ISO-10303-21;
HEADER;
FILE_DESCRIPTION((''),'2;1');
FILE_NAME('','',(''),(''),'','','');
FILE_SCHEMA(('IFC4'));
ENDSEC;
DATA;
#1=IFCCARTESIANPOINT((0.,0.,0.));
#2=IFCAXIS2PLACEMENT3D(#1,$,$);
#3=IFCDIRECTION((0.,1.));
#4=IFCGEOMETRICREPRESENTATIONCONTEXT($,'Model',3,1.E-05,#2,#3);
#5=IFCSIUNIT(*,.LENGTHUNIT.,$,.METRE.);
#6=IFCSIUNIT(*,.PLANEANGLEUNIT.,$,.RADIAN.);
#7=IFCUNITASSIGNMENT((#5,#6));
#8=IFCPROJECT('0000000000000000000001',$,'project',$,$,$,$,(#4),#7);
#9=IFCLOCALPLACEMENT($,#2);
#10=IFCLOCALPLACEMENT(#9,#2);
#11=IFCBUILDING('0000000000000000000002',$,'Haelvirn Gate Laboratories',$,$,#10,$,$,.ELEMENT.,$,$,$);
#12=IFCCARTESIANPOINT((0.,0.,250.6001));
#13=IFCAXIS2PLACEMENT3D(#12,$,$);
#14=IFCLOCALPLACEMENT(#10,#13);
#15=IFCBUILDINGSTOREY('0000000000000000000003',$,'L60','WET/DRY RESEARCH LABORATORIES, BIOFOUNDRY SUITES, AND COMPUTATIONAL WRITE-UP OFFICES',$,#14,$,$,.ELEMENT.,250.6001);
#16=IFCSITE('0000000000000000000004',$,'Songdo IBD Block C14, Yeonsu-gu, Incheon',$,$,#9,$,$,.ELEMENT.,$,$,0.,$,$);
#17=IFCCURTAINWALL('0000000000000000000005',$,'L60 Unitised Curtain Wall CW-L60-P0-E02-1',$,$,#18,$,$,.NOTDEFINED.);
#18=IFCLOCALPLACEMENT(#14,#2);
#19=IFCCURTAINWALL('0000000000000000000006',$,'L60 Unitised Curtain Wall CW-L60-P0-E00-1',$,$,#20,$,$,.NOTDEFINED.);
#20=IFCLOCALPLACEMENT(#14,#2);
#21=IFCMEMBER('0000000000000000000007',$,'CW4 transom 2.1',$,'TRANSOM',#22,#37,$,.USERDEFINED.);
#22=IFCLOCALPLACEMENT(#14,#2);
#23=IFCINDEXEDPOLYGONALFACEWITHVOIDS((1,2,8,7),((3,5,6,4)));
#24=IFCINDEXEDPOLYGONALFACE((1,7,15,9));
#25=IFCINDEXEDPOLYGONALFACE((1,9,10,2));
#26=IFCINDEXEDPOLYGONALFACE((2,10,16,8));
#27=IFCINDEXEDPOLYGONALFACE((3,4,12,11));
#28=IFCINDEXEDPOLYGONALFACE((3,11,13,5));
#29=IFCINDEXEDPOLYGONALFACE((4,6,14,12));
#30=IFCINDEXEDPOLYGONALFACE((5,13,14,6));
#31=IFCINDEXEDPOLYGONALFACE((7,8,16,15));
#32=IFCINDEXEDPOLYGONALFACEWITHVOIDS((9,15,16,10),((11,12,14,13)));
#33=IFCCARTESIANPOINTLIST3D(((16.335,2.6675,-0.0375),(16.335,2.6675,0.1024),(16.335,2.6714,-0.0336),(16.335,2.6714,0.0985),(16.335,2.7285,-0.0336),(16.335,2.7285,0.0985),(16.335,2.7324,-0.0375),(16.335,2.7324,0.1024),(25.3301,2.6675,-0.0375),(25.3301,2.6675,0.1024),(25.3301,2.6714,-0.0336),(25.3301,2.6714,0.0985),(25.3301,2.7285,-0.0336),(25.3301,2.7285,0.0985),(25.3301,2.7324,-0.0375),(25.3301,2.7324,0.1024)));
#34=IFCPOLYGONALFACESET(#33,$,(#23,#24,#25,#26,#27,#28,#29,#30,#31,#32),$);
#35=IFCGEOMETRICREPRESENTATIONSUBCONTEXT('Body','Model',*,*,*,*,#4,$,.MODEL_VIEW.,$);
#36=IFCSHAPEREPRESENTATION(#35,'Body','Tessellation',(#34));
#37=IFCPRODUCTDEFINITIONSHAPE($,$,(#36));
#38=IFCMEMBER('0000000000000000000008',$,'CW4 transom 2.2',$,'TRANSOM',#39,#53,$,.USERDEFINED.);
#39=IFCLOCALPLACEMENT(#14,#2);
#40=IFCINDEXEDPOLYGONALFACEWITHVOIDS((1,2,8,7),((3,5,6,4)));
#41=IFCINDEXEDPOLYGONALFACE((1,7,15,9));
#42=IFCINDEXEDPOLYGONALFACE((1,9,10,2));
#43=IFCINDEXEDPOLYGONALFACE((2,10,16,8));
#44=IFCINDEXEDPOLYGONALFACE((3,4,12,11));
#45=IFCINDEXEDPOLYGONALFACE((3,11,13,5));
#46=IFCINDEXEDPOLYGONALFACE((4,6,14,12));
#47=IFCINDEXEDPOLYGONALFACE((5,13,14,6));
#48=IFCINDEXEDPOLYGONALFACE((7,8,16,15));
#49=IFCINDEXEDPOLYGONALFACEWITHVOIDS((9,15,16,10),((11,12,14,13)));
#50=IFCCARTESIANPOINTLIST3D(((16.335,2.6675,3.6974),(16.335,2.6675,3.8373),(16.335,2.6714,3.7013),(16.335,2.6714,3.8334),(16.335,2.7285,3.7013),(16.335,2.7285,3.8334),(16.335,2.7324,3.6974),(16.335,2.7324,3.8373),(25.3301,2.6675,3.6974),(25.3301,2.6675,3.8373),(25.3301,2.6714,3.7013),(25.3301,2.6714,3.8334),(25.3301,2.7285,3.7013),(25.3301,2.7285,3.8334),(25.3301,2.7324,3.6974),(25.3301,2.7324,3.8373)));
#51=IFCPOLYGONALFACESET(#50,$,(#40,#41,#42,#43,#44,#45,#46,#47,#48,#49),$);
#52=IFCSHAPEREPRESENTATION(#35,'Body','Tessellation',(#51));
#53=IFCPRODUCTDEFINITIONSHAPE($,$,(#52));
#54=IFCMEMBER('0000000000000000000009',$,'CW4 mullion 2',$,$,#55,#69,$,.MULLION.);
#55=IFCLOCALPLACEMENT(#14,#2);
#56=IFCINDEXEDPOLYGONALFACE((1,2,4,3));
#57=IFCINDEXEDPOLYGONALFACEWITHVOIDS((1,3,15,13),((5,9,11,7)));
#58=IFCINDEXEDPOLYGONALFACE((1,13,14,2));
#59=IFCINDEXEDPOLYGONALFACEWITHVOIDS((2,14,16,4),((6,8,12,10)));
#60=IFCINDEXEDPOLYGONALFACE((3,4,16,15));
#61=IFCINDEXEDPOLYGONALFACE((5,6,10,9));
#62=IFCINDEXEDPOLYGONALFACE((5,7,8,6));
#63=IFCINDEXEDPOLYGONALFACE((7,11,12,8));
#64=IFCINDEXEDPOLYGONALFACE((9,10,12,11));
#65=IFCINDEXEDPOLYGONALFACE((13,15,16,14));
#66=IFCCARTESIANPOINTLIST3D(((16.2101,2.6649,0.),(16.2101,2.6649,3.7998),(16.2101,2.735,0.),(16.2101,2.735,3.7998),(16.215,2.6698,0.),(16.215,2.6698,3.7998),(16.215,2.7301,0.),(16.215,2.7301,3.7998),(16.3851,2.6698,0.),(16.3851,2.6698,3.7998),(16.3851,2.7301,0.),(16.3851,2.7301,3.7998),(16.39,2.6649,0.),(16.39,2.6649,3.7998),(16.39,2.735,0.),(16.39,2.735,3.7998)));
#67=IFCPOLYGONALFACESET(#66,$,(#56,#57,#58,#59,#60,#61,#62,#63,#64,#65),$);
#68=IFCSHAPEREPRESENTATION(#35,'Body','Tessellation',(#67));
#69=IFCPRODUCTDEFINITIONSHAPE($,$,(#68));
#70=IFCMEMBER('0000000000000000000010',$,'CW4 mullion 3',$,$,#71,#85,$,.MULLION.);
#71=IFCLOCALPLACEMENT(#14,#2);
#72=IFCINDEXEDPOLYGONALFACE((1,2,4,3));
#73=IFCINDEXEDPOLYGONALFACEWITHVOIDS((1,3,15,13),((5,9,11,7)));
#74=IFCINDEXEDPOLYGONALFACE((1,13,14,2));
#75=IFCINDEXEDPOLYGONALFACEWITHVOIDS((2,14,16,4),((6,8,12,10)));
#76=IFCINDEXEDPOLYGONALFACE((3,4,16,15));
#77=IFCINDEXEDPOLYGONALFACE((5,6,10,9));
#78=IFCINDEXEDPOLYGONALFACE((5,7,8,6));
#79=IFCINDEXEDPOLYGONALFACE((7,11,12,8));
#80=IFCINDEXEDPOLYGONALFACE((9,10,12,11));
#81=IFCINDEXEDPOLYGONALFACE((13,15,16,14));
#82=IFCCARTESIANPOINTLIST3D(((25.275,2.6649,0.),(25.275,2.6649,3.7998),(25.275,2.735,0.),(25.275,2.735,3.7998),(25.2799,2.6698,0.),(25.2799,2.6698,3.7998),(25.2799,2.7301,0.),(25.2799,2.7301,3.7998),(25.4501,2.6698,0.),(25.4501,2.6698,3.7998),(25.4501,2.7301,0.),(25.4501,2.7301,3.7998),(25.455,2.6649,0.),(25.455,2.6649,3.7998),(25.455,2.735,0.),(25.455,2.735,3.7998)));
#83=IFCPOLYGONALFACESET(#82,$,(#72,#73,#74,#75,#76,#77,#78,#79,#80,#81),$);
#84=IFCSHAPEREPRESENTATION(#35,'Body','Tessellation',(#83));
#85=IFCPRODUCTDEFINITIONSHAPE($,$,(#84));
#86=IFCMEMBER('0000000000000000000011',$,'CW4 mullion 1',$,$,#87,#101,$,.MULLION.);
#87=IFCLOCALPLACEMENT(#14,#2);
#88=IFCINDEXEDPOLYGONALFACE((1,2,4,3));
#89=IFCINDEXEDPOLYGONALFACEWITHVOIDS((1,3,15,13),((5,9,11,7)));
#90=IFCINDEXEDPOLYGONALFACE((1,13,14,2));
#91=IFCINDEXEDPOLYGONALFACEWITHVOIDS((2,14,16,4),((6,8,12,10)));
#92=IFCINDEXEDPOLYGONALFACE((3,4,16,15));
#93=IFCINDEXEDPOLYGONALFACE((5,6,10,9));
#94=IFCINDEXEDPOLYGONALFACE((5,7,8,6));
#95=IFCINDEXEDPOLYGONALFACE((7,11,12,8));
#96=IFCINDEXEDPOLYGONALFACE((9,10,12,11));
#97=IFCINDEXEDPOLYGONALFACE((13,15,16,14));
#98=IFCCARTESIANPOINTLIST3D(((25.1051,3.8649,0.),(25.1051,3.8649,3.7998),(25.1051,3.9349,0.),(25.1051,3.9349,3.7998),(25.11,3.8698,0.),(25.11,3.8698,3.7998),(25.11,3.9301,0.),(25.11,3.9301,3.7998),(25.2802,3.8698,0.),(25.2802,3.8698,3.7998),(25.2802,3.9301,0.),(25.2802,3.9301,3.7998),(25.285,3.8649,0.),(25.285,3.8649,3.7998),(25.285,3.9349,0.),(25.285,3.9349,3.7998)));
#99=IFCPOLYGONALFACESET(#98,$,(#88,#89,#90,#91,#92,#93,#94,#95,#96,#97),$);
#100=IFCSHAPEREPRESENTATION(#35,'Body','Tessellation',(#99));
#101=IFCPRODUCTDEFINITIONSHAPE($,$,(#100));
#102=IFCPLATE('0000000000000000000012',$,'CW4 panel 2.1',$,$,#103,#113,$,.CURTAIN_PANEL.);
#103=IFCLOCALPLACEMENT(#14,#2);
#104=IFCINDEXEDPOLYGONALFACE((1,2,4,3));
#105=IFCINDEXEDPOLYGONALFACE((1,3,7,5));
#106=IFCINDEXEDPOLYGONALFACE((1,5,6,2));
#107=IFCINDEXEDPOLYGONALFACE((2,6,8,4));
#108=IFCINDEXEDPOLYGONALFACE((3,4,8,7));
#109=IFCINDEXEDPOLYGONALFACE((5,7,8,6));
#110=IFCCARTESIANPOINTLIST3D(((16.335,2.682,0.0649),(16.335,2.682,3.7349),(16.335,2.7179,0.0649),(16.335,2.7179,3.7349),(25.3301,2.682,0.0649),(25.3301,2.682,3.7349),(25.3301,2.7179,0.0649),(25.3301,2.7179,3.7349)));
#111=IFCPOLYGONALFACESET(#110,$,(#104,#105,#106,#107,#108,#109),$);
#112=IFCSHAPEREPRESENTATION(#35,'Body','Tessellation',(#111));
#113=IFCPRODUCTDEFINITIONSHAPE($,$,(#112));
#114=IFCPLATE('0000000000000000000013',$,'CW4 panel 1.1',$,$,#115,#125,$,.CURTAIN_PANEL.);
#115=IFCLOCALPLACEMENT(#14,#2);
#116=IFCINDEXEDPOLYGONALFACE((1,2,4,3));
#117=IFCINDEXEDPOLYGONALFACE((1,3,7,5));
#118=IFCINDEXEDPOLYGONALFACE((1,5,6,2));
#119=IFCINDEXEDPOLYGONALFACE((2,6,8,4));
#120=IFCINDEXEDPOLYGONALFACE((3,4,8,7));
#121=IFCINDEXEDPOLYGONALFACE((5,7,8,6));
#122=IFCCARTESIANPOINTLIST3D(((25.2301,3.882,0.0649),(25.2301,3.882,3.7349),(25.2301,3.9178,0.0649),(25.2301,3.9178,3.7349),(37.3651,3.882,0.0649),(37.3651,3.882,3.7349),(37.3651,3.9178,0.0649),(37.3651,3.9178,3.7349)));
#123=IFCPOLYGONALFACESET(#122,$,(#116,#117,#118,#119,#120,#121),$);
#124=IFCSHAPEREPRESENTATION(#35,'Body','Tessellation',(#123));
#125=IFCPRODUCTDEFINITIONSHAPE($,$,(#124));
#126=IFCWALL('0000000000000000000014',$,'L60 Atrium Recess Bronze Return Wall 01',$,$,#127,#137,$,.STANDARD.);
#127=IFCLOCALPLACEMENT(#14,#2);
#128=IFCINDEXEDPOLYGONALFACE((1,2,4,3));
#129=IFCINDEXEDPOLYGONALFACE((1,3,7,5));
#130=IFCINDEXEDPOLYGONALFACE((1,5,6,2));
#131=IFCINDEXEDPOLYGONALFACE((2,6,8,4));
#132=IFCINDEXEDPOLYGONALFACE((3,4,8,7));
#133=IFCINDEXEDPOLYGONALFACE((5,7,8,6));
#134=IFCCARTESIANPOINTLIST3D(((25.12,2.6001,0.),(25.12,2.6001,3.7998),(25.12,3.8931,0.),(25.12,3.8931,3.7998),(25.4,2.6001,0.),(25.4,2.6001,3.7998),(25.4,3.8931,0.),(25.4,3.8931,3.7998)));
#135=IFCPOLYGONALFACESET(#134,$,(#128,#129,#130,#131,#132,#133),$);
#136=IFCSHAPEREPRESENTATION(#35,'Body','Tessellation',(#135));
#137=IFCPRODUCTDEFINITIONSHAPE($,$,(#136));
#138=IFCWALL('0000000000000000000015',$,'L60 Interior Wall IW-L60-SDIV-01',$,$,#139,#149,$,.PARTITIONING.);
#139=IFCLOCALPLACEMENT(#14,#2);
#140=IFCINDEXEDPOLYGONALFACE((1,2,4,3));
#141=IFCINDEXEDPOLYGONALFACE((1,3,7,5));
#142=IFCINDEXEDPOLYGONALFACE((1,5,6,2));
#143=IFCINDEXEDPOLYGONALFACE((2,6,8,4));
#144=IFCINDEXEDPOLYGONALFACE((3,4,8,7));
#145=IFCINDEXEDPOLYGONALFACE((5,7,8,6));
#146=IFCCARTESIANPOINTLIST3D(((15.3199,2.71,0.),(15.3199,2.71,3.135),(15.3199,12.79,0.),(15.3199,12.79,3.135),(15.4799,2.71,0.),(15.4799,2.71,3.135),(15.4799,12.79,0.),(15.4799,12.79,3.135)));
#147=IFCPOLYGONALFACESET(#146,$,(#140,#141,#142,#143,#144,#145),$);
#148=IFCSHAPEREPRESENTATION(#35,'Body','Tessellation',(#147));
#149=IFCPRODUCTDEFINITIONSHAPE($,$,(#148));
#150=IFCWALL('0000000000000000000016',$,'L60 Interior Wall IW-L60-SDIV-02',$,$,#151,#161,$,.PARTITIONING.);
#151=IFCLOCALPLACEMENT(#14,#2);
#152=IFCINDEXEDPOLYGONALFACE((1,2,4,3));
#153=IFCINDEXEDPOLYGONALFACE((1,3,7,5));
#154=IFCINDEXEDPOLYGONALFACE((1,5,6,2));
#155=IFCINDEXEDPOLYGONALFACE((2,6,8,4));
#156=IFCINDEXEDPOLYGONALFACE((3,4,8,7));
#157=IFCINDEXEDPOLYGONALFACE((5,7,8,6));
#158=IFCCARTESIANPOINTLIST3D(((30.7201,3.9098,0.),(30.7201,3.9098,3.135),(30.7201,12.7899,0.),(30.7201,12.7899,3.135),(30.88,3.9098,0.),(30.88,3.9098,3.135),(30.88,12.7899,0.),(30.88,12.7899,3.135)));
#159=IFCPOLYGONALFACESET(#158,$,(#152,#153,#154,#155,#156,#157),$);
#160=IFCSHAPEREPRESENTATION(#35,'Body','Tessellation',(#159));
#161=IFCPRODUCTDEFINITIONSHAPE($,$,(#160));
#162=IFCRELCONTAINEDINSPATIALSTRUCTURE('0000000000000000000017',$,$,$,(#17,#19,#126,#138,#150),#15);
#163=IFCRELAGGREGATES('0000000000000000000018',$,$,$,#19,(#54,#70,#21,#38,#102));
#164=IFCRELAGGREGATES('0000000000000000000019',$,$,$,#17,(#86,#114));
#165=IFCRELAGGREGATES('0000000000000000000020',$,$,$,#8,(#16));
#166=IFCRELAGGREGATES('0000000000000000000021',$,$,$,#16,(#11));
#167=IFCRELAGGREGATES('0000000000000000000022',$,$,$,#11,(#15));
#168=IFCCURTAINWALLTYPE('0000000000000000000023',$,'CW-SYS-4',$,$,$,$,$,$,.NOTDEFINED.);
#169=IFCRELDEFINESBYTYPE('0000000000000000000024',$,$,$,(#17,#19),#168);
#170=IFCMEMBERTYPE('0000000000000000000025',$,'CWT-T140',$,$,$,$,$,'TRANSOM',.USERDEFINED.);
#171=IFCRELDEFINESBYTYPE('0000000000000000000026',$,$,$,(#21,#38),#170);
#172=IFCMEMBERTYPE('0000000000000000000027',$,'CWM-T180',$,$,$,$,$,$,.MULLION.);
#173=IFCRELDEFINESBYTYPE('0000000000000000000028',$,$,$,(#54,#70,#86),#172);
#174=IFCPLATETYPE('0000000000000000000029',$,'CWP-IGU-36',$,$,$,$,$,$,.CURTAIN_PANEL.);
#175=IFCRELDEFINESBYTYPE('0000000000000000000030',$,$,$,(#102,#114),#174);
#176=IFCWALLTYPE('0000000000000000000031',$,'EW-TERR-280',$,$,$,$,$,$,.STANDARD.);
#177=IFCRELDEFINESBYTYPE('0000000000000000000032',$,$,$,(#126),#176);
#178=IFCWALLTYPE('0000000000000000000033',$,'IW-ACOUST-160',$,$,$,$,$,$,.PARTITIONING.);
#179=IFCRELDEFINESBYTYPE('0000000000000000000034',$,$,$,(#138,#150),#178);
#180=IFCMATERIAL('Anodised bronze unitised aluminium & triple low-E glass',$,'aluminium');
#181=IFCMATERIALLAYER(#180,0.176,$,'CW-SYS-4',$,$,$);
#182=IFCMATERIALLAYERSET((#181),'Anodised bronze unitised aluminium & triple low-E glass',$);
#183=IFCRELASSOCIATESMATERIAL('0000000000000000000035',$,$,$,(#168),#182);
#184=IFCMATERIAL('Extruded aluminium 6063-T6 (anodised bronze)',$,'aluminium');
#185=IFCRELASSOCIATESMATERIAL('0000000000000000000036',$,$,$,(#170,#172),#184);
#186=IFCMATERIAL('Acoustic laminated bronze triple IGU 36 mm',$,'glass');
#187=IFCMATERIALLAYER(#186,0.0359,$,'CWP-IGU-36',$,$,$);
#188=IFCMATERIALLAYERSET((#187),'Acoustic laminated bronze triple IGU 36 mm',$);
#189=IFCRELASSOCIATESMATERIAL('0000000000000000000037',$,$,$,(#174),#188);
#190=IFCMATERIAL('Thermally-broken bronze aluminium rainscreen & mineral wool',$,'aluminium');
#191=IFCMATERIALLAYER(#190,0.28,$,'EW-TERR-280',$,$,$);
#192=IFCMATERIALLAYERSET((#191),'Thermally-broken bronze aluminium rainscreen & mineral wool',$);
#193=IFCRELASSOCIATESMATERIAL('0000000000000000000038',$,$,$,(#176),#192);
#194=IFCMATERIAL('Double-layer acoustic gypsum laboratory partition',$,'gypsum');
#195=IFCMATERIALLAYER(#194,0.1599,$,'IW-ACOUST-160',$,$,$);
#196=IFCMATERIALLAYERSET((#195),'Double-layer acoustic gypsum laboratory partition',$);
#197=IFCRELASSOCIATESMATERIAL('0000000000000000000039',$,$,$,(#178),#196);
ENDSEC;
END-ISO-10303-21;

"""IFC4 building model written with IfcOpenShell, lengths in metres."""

from ifc_helpers import new_model, si_unit, direction, frame, frame_2d, origin, origin_2d, place, context, subcontext, project, spatial, rectangle, hollow_rectangle, extrude, source, transform, mapped, material, layer, layer_set, material_profile, profile_set, type_object, type_shapes, element, aggregate, save


model = new_model("IFC4")

# Units and contexts
model_context = context("Model", 3, precision=1e-05, world=origin(), true_north=direction((0.0, 1.0)))
body_context = subcontext(model_context, "Body", "Model", "MODEL_VIEW")
ifc_project = project(units=[si_unit("LENGTHUNIT", "METRE"), si_unit("PLANEANGLEUNIT", "RADIAN")], contexts=[model_context])

# Site, building, storey
site_placement = place(None, origin())
site = spatial("IfcSite", under=ifc_project, at=site_placement, Name="Songdo IBD Block C14, Yeonsu-gu, Incheon", CompositionType="ELEMENT", RefElevation=0.0)
building_placement = place(site_placement, origin())
building = spatial("IfcBuilding", under=site, at=building_placement, Name="Haelvirn Gate Laboratories", CompositionType="ELEMENT")
storey_placement = place(building_placement, frame((0.0, 0.0, 250.6001)))
storey = spatial("IfcBuildingStorey", under=building, at=storey_placement, Name="L60", Description="WET/DRY RESEARCH LABORATORIES, BIOFOUNDRY SUITES, AND COMPUTATIONAL WRITE-UP OFFICES", CompositionType="ELEMENT", Elevation=250.6001)

# Curtain walls, members
ifc_material_1 = material(Name="Anodised bronze unitised aluminium & triple low-E glass", Category="aluminium")
ifc_layer_1 = layer(ifc_material_1, 0.176, Name="CW-SYS-4")
ifc_layer_set_1 = layer_set([ifc_layer_1], Name="Anodised bronze unitised aluminium & triple low-E glass")
curtain_wall_type = type_object("IfcCurtainWallType", Name="CW-SYS-4", PredefinedType="NOTDEFINED", material=ifc_layer_set_1)
curtain_wall_1_placement = place(storey_placement, origin())
curtain_wall_1 = element("IfcCurtainWall", 1, at=curtain_wall_1_placement, inside=storey, type_object=curtain_wall_type, Name="L60 Unitised Curtain Wall CW-L60-P0-E02-1", PredefinedType="NOTDEFINED")
ifc_material_2 = material(Name="Extruded aluminium 6063-T6 (anodised bronze)", Category="aluminium")
ifc_material_profile_1 = material_profile(ifc_material_2, hollow_rectangle(XDim=0.0649, YDim=0.1399, WallThickness=0.0039, at=origin_2d()), Name="CWT-140x65x4")
ifc_profile_set_1 = profile_set([ifc_material_profile_1], Name="Extruded aluminium 6063-T6 (anodised bronze)")
member_type_1 = type_object("IfcMemberType", Name="CWT-T140", ElementType="TRANSOM", PredefinedType="USERDEFINED", material=ifc_profile_set_1)
curtain_wall_2_placement = place(storey_placement, origin())
curtain_wall_2 = element("IfcCurtainWall", 2, at=curtain_wall_2_placement, inside=storey, type_object=curtain_wall_type, Name="L60 Unitised Curtain Wall CW-L60-P0-E00-1", PredefinedType="NOTDEFINED")
shared_shape_1 = source(origin(), body_context, "Body", "SweptSolid", [
    extrude(hollow_rectangle(XDim=0.0649, YDim=0.1399, WallThickness=0.0039, at=origin_2d()), origin(), (0.0, 0.0, 1.0), 8.9951),
])
member_1_placement = place(storey_placement, frame((16.335, 2.7, 0.0325), z_axis=(1.0, 0.0, 0.0), x_axis=(0.0, 1.0, 0.0)))
member_1 = element("IfcMember", 3, at=member_1_placement, type_object=member_type_1, Name="CW4 transom 2.1", ObjectType="TRANSOM", PredefinedType="USERDEFINED", context=body_context, shape_type="MappedRepresentation", body=[
    mapped(shared_shape_1, transform((0.0, 0.0, 0.0), scale=1.0)),
])
member_2_placement = place(storey_placement, frame((16.335, 2.7, 3.7673), z_axis=(1.0, 0.0, 0.0), x_axis=(0.0, 1.0, 0.0)))
member_2 = element("IfcMember", 4, at=member_2_placement, type_object=member_type_1, Name="CW4 transom 2.2", ObjectType="TRANSOM", PredefinedType="USERDEFINED", context=body_context, shape_type="MappedRepresentation", body=[
    mapped(shared_shape_1, transform((0.0, 0.0, 0.0), scale=1.0)),
])
ifc_material_profile_2 = material_profile(ifc_material_2, hollow_rectangle(XDim=0.0701, YDim=0.1799, WallThickness=0.0049, at=origin_2d()), Name="CWM-180x70x5")
ifc_profile_set_2 = profile_set([ifc_material_profile_2], Name="Extruded aluminium 6063-T6 (anodised bronze)")
member_type_2 = type_object("IfcMemberType", Name="CWM-T180", PredefinedType="MULLION", material=ifc_profile_set_2)
shared_shape_2 = source(origin(), body_context, "Body", "SweptSolid", [
    extrude(hollow_rectangle(XDim=0.0701, YDim=0.1799, WallThickness=0.0049, at=origin_2d()), origin(), (0.0, 0.0, 1.0), 3.7998),
])
type_shapes(member_type_2, [shared_shape_2])
member_3_placement = place(storey_placement, frame((16.3, 2.7, 0.0), z_axis=(0.0, 0.0, 1.0), x_axis=(0.0, 1.0, 0.0)))
member_3 = element("IfcMember", 5, at=member_3_placement, type_object=member_type_2, Name="CW4 mullion 2", PredefinedType="MULLION", context=body_context, shape_type="MappedRepresentation", body=[
    mapped(shared_shape_2, transform((0.0, 0.0, 0.0), scale=1.0)),
])
member_4_placement = place(storey_placement, frame((25.365, 2.7, 0.0), z_axis=(0.0, 0.0, 1.0), x_axis=(0.0, 1.0, 0.0)))
member_4 = element("IfcMember", 6, at=member_4_placement, type_object=member_type_2, Name="CW4 mullion 3", PredefinedType="MULLION", context=body_context, shape_type="MappedRepresentation", body=[
    mapped(shared_shape_2, transform((0.0, 0.0, 0.0), scale=1.0)),
])

# Member
member_5_placement = place(storey_placement, frame((25.1951, 3.8999, 0.0), z_axis=(0.0, 0.0, 1.0), x_axis=(0.0, 1.0, 0.0)))
member_5 = element("IfcMember", 7, at=member_5_placement, type_object=member_type_2, Name="CW4 mullion 1", PredefinedType="MULLION", context=body_context, shape_type="MappedRepresentation", body=[
    mapped(shared_shape_2, transform((0.0, 0.0, 0.0), scale=1.0)),
])

# Plates
ifc_material_3 = material(Name="Acoustic laminated bronze triple IGU 36 mm", Category="glass")
ifc_layer_2 = layer(ifc_material_3, 0.0359, Name="CWP-IGU-36")
ifc_layer_set_2 = layer_set([ifc_layer_2], Name="Acoustic laminated bronze triple IGU 36 mm")
plate_type = type_object("IfcPlateType", Name="CWP-IGU-36", PredefinedType="CURTAIN_PANEL", material=ifc_layer_set_2)
shared_shape_3 = source(origin(), body_context, "Body", "SweptSolid", [
    extrude(rectangle(XDim=8.9951, YDim=0.0359, at=origin_2d()), origin(), (0.0, 0.0, 1.0), 3.6699),
])
plate_1_placement = place(storey_placement, frame((20.8325, 2.7, 0.0649), z_axis=(0.0, 0.0, 1.0), x_axis=(1.0, 0.0, 0.0)))
plate_1 = element("IfcPlate", 8, at=plate_1_placement, type_object=plate_type, Name="CW4 panel 2.1", PredefinedType="CURTAIN_PANEL", context=body_context, shape_type="MappedRepresentation", body=[
    mapped(shared_shape_3, transform((0.0, 0.0, 0.0), scale=1.0)),
])
aggregate(curtain_wall_2, [member_3, member_4, member_1, member_2, plate_1])
shared_shape_4 = source(origin(), body_context, "Body", "SweptSolid", [
    extrude(rectangle(XDim=12.135, YDim=0.0359, at=origin_2d()), origin(), (0.0, 0.0, 1.0), 3.6699),
])
type_shapes(plate_type, [shared_shape_3, shared_shape_4])
plate_2_placement = place(storey_placement, frame((31.2976, 3.8999, 0.0649), z_axis=(0.0, 0.0, 1.0), x_axis=(1.0, 0.0, 0.0)))
plate_2 = element("IfcPlate", 9, at=plate_2_placement, type_object=plate_type, Name="CW4 panel 1.1", PredefinedType="CURTAIN_PANEL", context=body_context, shape_type="MappedRepresentation", body=[
    mapped(shared_shape_4, transform((0.0, 0.0, 0.0), scale=1.0)),
])
aggregate(curtain_wall_1, [member_5, plate_2])

# Walls
ifc_material_4 = material(Name="Thermally-broken bronze aluminium rainscreen & mineral wool", Category="aluminium")
ifc_layer_3 = layer(ifc_material_4, 0.28, Name="EW-TERR-280")
ifc_layer_set_3 = layer_set([ifc_layer_3], Name="Thermally-broken bronze aluminium rainscreen & mineral wool")
wall_type_1 = type_object("IfcWallType", Name="EW-TERR-280", PredefinedType="STANDARD", material=ifc_layer_set_3)
wall_1_placement = place(storey_placement, frame((25.26, 2.6001, 0.0), z_axis=(0.0, 0.0, 1.0), x_axis=(0.0, 1.0, 0.0)))
element("IfcWall", 10, at=wall_1_placement, inside=storey, type_object=wall_type_1, Name="L60 Atrium Recess Bronze Return Wall 01", PredefinedType="STANDARD", context=body_context, shape_type="SweptSolid", body=[
    extrude(rectangle(XDim=1.293, YDim=0.28, at=frame_2d((0.6465, 0.0))), origin(), (0.0, 0.0, 1.0), 3.7998),
])
ifc_material_5 = material(Name="Double-layer acoustic gypsum laboratory partition", Category="gypsum")
ifc_layer_4 = layer(ifc_material_5, 0.1599, Name="IW-ACOUST-160")
ifc_layer_set_4 = layer_set([ifc_layer_4], Name="Double-layer acoustic gypsum laboratory partition")
wall_type_2 = type_object("IfcWallType", Name="IW-ACOUST-160", PredefinedType="PARTITIONING", material=ifc_layer_set_4)
wall_2_placement = place(storey_placement, frame((15.3999, 2.71, 0.0), z_axis=(0.0, 0.0, 1.0), x_axis=(0.0, 1.0, 0.0)))
element("IfcWall", 11, at=wall_2_placement, inside=storey, type_object=wall_type_2, Name="L60 Interior Wall IW-L60-SDIV-01", PredefinedType="PARTITIONING", context=body_context, shape_type="SweptSolid", body=[
    extrude(rectangle(XDim=10.0801, YDim=0.1599, at=frame_2d((5.04, 0.0))), origin(), (0.0, 0.0, 1.0), 3.135),
])
wall_3_placement = place(storey_placement, frame((30.8, 3.9099, 0.0), z_axis=(0.0, 0.0, 1.0), x_axis=(0.0, 1.0, 0.0)))
element("IfcWall", 12, at=wall_3_placement, inside=storey, type_object=wall_type_2, Name="L60 Interior Wall IW-L60-SDIV-02", PredefinedType="PARTITIONING", context=body_context, shape_type="SweptSolid", body=[
    extrude(rectangle(XDim=8.8801, YDim=0.1599, at=frame_2d((4.4399, 0.0))), origin(), (0.0, 0.0, 1.0), 3.135),
])

save(model, "model.ifc")
